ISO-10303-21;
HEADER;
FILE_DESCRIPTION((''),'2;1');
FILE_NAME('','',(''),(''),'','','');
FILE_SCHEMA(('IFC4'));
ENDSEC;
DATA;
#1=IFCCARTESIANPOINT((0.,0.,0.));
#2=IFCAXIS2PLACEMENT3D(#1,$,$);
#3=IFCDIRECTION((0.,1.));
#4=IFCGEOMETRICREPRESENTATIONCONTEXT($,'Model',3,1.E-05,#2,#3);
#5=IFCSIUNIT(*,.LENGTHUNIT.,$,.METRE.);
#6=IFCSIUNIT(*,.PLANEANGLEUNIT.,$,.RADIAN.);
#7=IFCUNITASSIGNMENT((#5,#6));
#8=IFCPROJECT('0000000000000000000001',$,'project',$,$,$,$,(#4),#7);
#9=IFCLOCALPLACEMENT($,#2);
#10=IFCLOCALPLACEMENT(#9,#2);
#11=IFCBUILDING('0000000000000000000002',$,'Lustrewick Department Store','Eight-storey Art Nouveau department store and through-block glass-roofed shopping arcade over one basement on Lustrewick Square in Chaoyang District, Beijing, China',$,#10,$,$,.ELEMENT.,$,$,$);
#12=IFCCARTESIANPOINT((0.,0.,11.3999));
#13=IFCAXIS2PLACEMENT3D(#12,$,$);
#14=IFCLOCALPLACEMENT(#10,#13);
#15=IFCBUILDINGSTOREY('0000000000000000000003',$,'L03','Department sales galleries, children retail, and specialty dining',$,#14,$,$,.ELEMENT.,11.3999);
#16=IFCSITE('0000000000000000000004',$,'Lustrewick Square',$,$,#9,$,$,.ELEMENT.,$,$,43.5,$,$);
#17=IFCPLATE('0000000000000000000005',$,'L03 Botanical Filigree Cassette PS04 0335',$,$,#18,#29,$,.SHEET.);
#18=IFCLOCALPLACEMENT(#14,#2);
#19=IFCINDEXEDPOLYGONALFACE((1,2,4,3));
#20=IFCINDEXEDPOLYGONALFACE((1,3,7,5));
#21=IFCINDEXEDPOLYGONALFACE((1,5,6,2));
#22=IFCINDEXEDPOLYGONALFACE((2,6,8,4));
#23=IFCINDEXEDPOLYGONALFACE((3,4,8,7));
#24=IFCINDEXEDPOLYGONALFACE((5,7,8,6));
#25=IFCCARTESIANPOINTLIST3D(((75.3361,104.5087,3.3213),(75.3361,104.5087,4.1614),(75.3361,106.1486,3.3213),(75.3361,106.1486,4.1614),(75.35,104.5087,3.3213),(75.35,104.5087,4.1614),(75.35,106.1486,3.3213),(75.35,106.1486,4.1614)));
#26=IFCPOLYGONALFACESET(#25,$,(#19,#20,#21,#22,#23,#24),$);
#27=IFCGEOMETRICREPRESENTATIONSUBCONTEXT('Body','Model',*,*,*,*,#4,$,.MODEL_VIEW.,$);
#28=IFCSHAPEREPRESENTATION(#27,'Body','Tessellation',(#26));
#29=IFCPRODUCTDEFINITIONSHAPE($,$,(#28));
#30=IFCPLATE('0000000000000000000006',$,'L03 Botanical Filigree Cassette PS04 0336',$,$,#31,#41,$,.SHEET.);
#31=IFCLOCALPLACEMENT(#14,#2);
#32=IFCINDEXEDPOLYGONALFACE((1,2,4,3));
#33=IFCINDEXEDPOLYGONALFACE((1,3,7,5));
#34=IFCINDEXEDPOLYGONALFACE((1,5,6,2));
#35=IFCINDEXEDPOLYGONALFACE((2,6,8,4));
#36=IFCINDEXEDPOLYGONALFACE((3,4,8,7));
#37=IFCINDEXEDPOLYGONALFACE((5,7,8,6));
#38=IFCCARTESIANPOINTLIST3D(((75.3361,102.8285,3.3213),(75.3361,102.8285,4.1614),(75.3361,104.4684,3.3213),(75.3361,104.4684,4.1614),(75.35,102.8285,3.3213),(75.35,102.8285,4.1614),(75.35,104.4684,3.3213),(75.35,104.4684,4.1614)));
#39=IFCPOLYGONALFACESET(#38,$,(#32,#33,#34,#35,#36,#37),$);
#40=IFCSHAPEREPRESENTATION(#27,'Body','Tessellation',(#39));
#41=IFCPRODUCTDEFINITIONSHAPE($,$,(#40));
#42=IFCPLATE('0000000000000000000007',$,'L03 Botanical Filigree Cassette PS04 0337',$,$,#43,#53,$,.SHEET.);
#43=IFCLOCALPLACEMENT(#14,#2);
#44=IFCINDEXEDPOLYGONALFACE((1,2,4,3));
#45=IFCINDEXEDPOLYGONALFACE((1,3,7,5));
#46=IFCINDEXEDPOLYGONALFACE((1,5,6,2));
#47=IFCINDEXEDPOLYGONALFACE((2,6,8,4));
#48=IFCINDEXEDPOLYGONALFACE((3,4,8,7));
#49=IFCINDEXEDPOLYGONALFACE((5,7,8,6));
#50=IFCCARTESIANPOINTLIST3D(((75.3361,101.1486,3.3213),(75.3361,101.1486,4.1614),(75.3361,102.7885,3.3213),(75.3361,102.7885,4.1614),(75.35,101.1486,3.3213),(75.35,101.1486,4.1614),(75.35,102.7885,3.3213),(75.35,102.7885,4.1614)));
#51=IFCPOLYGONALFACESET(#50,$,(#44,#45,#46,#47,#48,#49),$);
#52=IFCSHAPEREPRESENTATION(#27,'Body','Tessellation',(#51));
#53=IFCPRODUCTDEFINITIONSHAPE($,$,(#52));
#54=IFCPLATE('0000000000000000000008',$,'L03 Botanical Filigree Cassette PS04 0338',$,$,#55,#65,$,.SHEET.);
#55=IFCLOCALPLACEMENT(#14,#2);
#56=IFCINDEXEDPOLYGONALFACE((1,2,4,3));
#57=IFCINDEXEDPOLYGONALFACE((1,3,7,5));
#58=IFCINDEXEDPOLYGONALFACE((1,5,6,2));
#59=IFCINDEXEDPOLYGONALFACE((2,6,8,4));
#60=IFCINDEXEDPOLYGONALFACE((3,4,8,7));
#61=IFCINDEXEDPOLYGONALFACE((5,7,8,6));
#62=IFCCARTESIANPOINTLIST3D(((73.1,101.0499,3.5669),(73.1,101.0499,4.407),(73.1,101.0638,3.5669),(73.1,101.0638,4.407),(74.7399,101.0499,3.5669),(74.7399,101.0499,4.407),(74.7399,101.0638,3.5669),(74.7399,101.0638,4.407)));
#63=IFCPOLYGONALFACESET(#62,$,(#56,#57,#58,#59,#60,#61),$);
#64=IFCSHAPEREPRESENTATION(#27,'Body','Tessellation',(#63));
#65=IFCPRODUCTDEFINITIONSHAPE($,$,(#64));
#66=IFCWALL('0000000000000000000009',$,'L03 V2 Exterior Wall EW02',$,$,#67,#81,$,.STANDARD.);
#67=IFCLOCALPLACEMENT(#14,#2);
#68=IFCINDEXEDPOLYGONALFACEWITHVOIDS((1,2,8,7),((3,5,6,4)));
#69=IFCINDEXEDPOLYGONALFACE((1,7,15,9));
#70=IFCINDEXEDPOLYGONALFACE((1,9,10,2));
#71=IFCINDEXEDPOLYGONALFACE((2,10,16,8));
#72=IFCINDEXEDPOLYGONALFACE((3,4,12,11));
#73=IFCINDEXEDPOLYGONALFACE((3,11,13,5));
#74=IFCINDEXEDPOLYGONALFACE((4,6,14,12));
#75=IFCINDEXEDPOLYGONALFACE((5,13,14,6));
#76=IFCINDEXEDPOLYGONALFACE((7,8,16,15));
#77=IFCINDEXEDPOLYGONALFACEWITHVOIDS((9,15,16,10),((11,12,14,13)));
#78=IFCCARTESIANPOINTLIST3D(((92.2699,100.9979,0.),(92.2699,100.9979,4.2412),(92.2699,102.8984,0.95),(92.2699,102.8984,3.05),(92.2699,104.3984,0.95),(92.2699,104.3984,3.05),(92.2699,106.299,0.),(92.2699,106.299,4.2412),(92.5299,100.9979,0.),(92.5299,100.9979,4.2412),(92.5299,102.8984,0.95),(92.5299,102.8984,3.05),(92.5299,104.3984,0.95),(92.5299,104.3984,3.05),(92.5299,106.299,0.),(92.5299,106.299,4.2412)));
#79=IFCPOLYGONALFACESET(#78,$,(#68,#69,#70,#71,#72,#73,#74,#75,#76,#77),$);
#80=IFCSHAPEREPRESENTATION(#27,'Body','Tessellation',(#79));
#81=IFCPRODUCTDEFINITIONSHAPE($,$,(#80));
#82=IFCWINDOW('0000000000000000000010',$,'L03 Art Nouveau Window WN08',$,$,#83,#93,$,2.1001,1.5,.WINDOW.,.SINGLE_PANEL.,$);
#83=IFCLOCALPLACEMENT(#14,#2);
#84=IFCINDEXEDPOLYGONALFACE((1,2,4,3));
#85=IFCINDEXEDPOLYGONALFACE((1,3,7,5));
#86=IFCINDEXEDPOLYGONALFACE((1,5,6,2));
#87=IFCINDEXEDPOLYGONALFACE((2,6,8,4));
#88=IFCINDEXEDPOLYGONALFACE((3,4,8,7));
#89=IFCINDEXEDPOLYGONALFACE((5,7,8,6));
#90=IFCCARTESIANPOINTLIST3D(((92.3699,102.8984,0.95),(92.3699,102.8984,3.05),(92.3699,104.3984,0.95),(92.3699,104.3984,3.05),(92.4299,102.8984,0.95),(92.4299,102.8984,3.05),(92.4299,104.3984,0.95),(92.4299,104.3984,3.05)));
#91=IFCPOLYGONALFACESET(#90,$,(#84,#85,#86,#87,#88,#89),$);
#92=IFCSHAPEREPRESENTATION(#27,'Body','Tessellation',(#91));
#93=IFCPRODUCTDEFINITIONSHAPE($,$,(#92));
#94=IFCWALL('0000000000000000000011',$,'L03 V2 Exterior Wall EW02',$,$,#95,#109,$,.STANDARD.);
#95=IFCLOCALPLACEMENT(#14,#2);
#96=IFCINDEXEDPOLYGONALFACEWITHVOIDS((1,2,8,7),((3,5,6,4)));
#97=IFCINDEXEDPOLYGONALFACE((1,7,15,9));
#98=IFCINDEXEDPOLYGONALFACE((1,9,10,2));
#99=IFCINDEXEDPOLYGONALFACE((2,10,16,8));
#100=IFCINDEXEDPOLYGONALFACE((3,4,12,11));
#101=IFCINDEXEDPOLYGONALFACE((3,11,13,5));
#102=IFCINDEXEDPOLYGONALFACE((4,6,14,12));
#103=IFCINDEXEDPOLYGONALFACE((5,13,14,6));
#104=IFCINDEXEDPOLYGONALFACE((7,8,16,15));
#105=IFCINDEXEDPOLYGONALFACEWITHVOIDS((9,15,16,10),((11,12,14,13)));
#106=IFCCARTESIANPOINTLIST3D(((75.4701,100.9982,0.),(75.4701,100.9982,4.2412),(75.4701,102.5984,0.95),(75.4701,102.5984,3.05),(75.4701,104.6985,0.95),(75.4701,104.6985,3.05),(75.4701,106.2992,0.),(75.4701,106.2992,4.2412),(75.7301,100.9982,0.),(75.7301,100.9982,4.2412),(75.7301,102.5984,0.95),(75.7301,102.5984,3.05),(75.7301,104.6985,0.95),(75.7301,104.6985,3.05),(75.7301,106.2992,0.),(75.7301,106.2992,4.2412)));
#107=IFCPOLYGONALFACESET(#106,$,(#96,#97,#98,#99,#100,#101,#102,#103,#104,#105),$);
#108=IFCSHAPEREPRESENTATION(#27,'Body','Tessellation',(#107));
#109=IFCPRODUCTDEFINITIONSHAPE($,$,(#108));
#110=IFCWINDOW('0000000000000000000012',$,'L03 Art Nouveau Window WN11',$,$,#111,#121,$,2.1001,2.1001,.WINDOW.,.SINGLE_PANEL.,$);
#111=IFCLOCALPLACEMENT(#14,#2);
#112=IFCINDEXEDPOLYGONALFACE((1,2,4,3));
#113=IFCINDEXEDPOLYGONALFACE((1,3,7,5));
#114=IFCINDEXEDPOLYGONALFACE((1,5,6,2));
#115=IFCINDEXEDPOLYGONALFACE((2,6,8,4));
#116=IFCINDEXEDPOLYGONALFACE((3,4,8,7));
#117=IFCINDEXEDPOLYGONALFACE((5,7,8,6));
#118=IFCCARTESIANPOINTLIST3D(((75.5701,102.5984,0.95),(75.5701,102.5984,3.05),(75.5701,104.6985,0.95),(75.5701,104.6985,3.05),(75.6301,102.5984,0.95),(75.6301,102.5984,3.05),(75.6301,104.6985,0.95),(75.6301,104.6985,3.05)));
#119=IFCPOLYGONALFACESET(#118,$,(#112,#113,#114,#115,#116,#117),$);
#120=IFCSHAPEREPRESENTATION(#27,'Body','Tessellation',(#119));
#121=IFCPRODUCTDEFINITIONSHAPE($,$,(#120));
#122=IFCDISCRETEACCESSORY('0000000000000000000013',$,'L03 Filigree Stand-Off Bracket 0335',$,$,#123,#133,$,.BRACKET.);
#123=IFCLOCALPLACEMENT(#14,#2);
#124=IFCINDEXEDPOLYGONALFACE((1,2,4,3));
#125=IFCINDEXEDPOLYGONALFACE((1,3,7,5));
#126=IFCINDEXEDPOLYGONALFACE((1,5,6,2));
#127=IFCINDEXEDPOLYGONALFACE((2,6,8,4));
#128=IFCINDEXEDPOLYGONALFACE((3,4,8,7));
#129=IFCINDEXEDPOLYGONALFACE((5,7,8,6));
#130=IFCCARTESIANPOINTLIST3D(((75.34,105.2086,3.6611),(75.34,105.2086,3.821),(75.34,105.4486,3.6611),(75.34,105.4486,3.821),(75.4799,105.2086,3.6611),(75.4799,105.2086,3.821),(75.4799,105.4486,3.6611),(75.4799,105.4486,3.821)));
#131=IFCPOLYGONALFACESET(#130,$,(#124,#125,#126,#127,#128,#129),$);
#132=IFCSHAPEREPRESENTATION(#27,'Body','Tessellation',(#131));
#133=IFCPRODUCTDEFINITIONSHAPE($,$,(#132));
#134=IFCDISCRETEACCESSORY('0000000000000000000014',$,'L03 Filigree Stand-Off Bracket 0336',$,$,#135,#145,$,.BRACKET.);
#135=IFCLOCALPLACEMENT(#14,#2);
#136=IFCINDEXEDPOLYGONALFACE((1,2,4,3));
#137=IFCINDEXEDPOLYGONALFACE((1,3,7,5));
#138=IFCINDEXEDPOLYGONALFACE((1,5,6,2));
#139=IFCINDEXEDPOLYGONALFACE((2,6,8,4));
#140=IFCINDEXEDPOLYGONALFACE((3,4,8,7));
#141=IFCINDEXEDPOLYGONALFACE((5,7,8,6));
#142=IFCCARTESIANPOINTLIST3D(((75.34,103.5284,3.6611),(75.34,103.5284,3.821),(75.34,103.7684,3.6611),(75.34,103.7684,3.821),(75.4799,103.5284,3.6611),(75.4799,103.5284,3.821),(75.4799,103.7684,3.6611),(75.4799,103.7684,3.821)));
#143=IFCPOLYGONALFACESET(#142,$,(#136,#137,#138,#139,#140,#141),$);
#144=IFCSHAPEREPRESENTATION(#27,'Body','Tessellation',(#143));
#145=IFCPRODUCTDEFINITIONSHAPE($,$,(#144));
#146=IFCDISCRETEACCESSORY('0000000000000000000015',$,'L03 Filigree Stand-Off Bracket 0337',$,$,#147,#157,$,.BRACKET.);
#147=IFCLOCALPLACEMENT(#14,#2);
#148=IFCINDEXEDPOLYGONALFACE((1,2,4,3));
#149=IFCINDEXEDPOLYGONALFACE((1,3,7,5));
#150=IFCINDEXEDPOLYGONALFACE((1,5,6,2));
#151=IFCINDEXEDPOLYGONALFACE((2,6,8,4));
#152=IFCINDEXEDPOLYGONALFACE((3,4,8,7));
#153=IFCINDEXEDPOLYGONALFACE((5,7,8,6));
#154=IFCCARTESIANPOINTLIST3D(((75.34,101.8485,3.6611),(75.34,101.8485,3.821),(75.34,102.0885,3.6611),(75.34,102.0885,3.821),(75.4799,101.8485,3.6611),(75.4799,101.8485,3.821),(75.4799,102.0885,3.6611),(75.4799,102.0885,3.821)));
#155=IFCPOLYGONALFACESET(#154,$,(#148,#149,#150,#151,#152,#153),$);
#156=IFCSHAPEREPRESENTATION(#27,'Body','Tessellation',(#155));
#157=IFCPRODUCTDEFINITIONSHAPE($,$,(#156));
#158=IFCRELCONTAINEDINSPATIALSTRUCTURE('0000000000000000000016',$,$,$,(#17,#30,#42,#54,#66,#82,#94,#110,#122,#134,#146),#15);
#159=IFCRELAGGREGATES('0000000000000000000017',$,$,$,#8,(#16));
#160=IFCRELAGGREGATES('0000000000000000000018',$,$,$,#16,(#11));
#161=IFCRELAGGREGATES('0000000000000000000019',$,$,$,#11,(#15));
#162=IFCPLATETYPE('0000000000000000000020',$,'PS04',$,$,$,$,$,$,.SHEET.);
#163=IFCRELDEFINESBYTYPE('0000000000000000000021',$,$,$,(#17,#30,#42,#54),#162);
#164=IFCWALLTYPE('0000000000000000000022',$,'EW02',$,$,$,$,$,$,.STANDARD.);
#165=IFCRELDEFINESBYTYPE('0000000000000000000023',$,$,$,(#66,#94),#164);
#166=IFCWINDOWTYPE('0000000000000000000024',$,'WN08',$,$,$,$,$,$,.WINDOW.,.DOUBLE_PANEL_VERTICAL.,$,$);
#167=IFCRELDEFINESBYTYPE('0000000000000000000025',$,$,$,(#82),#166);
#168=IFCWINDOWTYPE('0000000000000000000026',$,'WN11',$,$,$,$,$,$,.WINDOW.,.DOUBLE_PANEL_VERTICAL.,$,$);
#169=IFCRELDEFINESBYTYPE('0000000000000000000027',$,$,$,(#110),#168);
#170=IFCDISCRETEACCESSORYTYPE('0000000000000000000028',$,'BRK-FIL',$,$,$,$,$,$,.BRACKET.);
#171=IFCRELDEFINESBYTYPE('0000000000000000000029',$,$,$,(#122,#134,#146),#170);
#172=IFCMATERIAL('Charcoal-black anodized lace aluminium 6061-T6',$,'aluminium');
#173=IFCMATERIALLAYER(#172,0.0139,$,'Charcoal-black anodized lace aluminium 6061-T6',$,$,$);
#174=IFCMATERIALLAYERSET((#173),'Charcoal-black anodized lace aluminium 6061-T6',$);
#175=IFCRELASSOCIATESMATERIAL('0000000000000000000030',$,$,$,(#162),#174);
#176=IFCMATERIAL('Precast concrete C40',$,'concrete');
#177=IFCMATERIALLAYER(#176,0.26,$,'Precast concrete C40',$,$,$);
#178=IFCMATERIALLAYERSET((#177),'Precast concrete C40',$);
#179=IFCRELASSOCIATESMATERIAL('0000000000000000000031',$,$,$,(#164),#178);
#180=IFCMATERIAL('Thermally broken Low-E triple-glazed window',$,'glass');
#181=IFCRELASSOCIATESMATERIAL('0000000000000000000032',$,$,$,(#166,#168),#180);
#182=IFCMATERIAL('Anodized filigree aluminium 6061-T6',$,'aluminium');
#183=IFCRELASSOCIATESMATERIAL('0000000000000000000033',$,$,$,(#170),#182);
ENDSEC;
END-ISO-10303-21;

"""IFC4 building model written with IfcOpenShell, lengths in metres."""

from ifc_helpers import new_model, si_unit, direction, frame, frame_2d, origin, origin_2d, place, context, subcontext, project, spatial, rectangle, extrude, material, layer, layer_set, type_object, element, fill, save


model = new_model("IFC4")

# Units and contexts
model_context = context("Model", 3, precision=1e-05, world=origin(), true_north=direction((0.0, 1.0)))
body_context = subcontext(model_context, "Body", "Model", "MODEL_VIEW")
ifc_project = project(units=[si_unit("LENGTHUNIT", "METRE"), si_unit("PLANEANGLEUNIT", "RADIAN")], contexts=[model_context])

# Site, building, storey
site_placement = place(None, origin())
site = spatial("IfcSite", under=ifc_project, at=site_placement, Name="Lustrewick Square", CompositionType="ELEMENT", RefElevation=43.5)
building_placement = place(site_placement, origin())
building = spatial("IfcBuilding", under=site, at=building_placement, Name="Lustrewick Department Store", Description="Eight-storey Art Nouveau department store and through-block glass-roofed shopping arcade over one basement on Lustrewick Square in Chaoyang District, Beijing, China", CompositionType="ELEMENT")
storey_placement = place(building_placement, frame((0.0, 0.0, 11.3999)))
storey = spatial("IfcBuildingStorey", under=building, at=storey_placement, Name="L03", Description="Department sales galleries, children retail, and specialty dining", CompositionType="ELEMENT", Elevation=11.3999)

# Plates
ifc_material_1 = material(Name="Charcoal-black anodized lace aluminium 6061-T6", Category="aluminium")
ifc_layer_1 = layer(ifc_material_1, 0.0139, Name="Charcoal-black anodized lace aluminium 6061-T6")
ifc_layer_set_1 = layer_set([ifc_layer_1], Name="Charcoal-black anodized lace aluminium 6061-T6")
plate_type_1 = type_object("IfcPlateType", Name="PS04", PredefinedType="SHEET", material=ifc_layer_set_1)
for number, where, z_axis, x_axis, name in (
    (1, (75.343, 105.3286, 3.3213), (0.0, 0.0, 1.0), (0.0, -1.0, 0.0), "L03 Botanical Filigree Cassette PS04 0335"),
    (2, (75.343, 103.6484, 3.3213), (0.0, 0.0, 1.0), (0.0, -1.0, 0.0), "L03 Botanical Filigree Cassette PS04 0336"),
    (3, (75.343, 101.9685, 3.3213), (0.0, 0.0, 1.0), (0.0, -1.0, 0.0), "L03 Botanical Filigree Cassette PS04 0337"),
    (4, (73.9199, 101.0569, 3.5669), (0.0, 0.0, 1.0), (-1.0, 0.0, 0.0), "L03 Botanical Filigree Cassette PS04 0338"),
):
    element("IfcPlate", number, at=place(storey_placement, frame(where, z_axis=z_axis, x_axis=x_axis)), inside=storey, type_object=plate_type_1, Name=name, PredefinedType="SHEET", context=body_context, shape_type="SweptSolid", body=[
        extrude(rectangle(XDim=1.6399, YDim=0.0139, at=origin_2d()), origin(), (0.0, 0.0, 1.0), 0.8401),
    ])

# Walls, openings, windows
ifc_material_2 = material(Name="Precast concrete C40", Category="concrete")
ifc_layer_2 = layer(ifc_material_2, 0.26, Name="Precast concrete C40")
ifc_layer_set_2 = layer_set([ifc_layer_2], Name="Precast concrete C40")
wall_type = type_object("IfcWallType", Name="EW02", PredefinedType="STANDARD", material=ifc_layer_set_2)
wall_1_placement = place(storey_placement, frame((92.3999, 100.998, 0.0), z_axis=(0.0, 0.0, 1.0), x_axis=(0.0, 1.0, 0.0)))
wall_1 = element("IfcWall", 5, at=wall_1_placement, inside=storey, type_object=wall_type, Name="L03 V2 Exterior Wall EW02", PredefinedType="STANDARD", context=body_context, shape_type="SweptSolid", body=[
    extrude(rectangle(XDim=5.301, YDim=0.26, at=frame_2d((2.6504, 0.0))), origin(), (0.0, 0.0, 1.0), 4.2412),
])
opening_1_placement = place(wall_1_placement, frame((1.9004, 0.0, 0.95)))
opening_1 = element("IfcOpeningElement", 6, at=opening_1_placement, cuts=wall_1, PredefinedType="OPENING", context=body_context, shape_type="SweptSolid", body=[
    extrude(rectangle(XDim=1.5, YDim=2.1001, at=frame_2d((0.75, 1.05))), frame((0.0, 0.1401, 0.0), z_axis=(0.0, -1.0, 0.0), x_axis=(1.0, 0.0, 0.0)), (0.0, 0.0, 1.0), 0.28),
])
ifc_material_3 = material(Name="Thermally broken Low-E triple-glazed window", Category="glass")
window_type_1 = type_object("IfcWindowType", Name="WN08", PartitioningType="DOUBLE_PANEL_VERTICAL", PredefinedType="WINDOW", material=ifc_material_3)
window_1_placement = place(opening_1_placement, origin())
window_1 = element("IfcWindow", 7, at=window_1_placement, inside=storey, type_object=window_type_1, Name="L03 Art Nouveau Window WN08", OverallHeight=2.1001, OverallWidth=1.5, PartitioningType="SINGLE_PANEL", PredefinedType="WINDOW", context=body_context, shape_type="SweptSolid", body=[
    extrude(rectangle(XDim=1.5, YDim=2.1001, at=frame_2d((0.75, 1.05))), frame((0.0, 0.03, 0.0), z_axis=(0.0, -1.0, 0.0), x_axis=(1.0, 0.0, 0.0)), (0.0, 0.0, 1.0), 0.0601),
])
fill(opening_1, window_1)
wall_2_placement = place(storey_placement, frame((75.6001, 106.2991, 0.0), z_axis=(0.0, 0.0, 1.0), x_axis=(0.0, -1.0, 0.0)))
wall_2 = element("IfcWall", 8, at=wall_2_placement, inside=storey, type_object=wall_type, Name="L03 V2 Exterior Wall EW02", PredefinedType="STANDARD", context=body_context, shape_type="SweptSolid", body=[
    extrude(rectangle(XDim=5.301, YDim=0.26, at=frame_2d((2.6504, 0.0))), origin(), (0.0, 0.0, 1.0), 4.2412),
])
opening_2_placement = place(wall_2_placement, frame((1.6006, 0.0, 0.95)))
opening_2 = element("IfcOpeningElement", 9, at=opening_2_placement, cuts=wall_2, PredefinedType="OPENING", context=body_context, shape_type="SweptSolid", body=[
    extrude(rectangle(XDim=2.1001, YDim=2.1001, at=frame_2d((1.05, 1.05))), frame((0.0, 0.1401, 0.0), z_axis=(0.0, -1.0, 0.0), x_axis=(1.0, 0.0, 0.0)), (0.0, 0.0, 1.0), 0.28),
])
window_type_2 = type_object("IfcWindowType", Name="WN11", PartitioningType="DOUBLE_PANEL_VERTICAL", PredefinedType="WINDOW", material=ifc_material_3)
window_2_placement = place(opening_2_placement, origin())
window_2 = element("IfcWindow", 10, at=window_2_placement, inside=storey, type_object=window_type_2, Name="L03 Art Nouveau Window WN11", OverallHeight=2.1001, OverallWidth=2.1001, PartitioningType="SINGLE_PANEL", PredefinedType="WINDOW", context=body_context, shape_type="SweptSolid", body=[
    extrude(rectangle(XDim=2.1001, YDim=2.1001, at=frame_2d((1.05, 1.05))), frame((0.0, 0.03, 0.0), z_axis=(0.0, -1.0, 0.0), x_axis=(1.0, 0.0, 0.0)), (0.0, 0.0, 1.0), 0.0601),
])
fill(opening_2, window_2)

# Discrete accessories
ifc_material_4 = material(Name="Anodized filigree aluminium 6061-T6", Category="aluminium")
discrete_accessory_type = type_object("IfcDiscreteAccessoryType", Name="BRK-FIL", PredefinedType="BRACKET", material=ifc_material_4)
for number, where, z_axis, x_axis, name in (
    (11, (75.4099, 105.3286, 3.6611), (0.0, 0.0, 1.0), (0.0, -1.0, 0.0), "L03 Filigree Stand-Off Bracket 0335"),
    (12, (75.4099, 103.6484, 3.6611), (0.0, 0.0, 1.0), (0.0, -1.0, 0.0), "L03 Filigree Stand-Off Bracket 0336"),
    (13, (75.4099, 101.9685, 3.6611), (0.0, 0.0, 1.0), (0.0, -1.0, 0.0), "L03 Filigree Stand-Off Bracket 0337"),
):
    element("IfcDiscreteAccessory", number, at=place(storey_placement, frame(where, z_axis=z_axis, x_axis=x_axis)), inside=storey, type_object=discrete_accessory_type, Name=name, PredefinedType="BRACKET", context=body_context, shape_type="SweptSolid", body=[
        extrude(rectangle(XDim=0.24, YDim=0.1399, at=origin_2d()), origin(), (0.0, 0.0, 1.0), 0.1599),
    ])

save(model, "model.ifc")
